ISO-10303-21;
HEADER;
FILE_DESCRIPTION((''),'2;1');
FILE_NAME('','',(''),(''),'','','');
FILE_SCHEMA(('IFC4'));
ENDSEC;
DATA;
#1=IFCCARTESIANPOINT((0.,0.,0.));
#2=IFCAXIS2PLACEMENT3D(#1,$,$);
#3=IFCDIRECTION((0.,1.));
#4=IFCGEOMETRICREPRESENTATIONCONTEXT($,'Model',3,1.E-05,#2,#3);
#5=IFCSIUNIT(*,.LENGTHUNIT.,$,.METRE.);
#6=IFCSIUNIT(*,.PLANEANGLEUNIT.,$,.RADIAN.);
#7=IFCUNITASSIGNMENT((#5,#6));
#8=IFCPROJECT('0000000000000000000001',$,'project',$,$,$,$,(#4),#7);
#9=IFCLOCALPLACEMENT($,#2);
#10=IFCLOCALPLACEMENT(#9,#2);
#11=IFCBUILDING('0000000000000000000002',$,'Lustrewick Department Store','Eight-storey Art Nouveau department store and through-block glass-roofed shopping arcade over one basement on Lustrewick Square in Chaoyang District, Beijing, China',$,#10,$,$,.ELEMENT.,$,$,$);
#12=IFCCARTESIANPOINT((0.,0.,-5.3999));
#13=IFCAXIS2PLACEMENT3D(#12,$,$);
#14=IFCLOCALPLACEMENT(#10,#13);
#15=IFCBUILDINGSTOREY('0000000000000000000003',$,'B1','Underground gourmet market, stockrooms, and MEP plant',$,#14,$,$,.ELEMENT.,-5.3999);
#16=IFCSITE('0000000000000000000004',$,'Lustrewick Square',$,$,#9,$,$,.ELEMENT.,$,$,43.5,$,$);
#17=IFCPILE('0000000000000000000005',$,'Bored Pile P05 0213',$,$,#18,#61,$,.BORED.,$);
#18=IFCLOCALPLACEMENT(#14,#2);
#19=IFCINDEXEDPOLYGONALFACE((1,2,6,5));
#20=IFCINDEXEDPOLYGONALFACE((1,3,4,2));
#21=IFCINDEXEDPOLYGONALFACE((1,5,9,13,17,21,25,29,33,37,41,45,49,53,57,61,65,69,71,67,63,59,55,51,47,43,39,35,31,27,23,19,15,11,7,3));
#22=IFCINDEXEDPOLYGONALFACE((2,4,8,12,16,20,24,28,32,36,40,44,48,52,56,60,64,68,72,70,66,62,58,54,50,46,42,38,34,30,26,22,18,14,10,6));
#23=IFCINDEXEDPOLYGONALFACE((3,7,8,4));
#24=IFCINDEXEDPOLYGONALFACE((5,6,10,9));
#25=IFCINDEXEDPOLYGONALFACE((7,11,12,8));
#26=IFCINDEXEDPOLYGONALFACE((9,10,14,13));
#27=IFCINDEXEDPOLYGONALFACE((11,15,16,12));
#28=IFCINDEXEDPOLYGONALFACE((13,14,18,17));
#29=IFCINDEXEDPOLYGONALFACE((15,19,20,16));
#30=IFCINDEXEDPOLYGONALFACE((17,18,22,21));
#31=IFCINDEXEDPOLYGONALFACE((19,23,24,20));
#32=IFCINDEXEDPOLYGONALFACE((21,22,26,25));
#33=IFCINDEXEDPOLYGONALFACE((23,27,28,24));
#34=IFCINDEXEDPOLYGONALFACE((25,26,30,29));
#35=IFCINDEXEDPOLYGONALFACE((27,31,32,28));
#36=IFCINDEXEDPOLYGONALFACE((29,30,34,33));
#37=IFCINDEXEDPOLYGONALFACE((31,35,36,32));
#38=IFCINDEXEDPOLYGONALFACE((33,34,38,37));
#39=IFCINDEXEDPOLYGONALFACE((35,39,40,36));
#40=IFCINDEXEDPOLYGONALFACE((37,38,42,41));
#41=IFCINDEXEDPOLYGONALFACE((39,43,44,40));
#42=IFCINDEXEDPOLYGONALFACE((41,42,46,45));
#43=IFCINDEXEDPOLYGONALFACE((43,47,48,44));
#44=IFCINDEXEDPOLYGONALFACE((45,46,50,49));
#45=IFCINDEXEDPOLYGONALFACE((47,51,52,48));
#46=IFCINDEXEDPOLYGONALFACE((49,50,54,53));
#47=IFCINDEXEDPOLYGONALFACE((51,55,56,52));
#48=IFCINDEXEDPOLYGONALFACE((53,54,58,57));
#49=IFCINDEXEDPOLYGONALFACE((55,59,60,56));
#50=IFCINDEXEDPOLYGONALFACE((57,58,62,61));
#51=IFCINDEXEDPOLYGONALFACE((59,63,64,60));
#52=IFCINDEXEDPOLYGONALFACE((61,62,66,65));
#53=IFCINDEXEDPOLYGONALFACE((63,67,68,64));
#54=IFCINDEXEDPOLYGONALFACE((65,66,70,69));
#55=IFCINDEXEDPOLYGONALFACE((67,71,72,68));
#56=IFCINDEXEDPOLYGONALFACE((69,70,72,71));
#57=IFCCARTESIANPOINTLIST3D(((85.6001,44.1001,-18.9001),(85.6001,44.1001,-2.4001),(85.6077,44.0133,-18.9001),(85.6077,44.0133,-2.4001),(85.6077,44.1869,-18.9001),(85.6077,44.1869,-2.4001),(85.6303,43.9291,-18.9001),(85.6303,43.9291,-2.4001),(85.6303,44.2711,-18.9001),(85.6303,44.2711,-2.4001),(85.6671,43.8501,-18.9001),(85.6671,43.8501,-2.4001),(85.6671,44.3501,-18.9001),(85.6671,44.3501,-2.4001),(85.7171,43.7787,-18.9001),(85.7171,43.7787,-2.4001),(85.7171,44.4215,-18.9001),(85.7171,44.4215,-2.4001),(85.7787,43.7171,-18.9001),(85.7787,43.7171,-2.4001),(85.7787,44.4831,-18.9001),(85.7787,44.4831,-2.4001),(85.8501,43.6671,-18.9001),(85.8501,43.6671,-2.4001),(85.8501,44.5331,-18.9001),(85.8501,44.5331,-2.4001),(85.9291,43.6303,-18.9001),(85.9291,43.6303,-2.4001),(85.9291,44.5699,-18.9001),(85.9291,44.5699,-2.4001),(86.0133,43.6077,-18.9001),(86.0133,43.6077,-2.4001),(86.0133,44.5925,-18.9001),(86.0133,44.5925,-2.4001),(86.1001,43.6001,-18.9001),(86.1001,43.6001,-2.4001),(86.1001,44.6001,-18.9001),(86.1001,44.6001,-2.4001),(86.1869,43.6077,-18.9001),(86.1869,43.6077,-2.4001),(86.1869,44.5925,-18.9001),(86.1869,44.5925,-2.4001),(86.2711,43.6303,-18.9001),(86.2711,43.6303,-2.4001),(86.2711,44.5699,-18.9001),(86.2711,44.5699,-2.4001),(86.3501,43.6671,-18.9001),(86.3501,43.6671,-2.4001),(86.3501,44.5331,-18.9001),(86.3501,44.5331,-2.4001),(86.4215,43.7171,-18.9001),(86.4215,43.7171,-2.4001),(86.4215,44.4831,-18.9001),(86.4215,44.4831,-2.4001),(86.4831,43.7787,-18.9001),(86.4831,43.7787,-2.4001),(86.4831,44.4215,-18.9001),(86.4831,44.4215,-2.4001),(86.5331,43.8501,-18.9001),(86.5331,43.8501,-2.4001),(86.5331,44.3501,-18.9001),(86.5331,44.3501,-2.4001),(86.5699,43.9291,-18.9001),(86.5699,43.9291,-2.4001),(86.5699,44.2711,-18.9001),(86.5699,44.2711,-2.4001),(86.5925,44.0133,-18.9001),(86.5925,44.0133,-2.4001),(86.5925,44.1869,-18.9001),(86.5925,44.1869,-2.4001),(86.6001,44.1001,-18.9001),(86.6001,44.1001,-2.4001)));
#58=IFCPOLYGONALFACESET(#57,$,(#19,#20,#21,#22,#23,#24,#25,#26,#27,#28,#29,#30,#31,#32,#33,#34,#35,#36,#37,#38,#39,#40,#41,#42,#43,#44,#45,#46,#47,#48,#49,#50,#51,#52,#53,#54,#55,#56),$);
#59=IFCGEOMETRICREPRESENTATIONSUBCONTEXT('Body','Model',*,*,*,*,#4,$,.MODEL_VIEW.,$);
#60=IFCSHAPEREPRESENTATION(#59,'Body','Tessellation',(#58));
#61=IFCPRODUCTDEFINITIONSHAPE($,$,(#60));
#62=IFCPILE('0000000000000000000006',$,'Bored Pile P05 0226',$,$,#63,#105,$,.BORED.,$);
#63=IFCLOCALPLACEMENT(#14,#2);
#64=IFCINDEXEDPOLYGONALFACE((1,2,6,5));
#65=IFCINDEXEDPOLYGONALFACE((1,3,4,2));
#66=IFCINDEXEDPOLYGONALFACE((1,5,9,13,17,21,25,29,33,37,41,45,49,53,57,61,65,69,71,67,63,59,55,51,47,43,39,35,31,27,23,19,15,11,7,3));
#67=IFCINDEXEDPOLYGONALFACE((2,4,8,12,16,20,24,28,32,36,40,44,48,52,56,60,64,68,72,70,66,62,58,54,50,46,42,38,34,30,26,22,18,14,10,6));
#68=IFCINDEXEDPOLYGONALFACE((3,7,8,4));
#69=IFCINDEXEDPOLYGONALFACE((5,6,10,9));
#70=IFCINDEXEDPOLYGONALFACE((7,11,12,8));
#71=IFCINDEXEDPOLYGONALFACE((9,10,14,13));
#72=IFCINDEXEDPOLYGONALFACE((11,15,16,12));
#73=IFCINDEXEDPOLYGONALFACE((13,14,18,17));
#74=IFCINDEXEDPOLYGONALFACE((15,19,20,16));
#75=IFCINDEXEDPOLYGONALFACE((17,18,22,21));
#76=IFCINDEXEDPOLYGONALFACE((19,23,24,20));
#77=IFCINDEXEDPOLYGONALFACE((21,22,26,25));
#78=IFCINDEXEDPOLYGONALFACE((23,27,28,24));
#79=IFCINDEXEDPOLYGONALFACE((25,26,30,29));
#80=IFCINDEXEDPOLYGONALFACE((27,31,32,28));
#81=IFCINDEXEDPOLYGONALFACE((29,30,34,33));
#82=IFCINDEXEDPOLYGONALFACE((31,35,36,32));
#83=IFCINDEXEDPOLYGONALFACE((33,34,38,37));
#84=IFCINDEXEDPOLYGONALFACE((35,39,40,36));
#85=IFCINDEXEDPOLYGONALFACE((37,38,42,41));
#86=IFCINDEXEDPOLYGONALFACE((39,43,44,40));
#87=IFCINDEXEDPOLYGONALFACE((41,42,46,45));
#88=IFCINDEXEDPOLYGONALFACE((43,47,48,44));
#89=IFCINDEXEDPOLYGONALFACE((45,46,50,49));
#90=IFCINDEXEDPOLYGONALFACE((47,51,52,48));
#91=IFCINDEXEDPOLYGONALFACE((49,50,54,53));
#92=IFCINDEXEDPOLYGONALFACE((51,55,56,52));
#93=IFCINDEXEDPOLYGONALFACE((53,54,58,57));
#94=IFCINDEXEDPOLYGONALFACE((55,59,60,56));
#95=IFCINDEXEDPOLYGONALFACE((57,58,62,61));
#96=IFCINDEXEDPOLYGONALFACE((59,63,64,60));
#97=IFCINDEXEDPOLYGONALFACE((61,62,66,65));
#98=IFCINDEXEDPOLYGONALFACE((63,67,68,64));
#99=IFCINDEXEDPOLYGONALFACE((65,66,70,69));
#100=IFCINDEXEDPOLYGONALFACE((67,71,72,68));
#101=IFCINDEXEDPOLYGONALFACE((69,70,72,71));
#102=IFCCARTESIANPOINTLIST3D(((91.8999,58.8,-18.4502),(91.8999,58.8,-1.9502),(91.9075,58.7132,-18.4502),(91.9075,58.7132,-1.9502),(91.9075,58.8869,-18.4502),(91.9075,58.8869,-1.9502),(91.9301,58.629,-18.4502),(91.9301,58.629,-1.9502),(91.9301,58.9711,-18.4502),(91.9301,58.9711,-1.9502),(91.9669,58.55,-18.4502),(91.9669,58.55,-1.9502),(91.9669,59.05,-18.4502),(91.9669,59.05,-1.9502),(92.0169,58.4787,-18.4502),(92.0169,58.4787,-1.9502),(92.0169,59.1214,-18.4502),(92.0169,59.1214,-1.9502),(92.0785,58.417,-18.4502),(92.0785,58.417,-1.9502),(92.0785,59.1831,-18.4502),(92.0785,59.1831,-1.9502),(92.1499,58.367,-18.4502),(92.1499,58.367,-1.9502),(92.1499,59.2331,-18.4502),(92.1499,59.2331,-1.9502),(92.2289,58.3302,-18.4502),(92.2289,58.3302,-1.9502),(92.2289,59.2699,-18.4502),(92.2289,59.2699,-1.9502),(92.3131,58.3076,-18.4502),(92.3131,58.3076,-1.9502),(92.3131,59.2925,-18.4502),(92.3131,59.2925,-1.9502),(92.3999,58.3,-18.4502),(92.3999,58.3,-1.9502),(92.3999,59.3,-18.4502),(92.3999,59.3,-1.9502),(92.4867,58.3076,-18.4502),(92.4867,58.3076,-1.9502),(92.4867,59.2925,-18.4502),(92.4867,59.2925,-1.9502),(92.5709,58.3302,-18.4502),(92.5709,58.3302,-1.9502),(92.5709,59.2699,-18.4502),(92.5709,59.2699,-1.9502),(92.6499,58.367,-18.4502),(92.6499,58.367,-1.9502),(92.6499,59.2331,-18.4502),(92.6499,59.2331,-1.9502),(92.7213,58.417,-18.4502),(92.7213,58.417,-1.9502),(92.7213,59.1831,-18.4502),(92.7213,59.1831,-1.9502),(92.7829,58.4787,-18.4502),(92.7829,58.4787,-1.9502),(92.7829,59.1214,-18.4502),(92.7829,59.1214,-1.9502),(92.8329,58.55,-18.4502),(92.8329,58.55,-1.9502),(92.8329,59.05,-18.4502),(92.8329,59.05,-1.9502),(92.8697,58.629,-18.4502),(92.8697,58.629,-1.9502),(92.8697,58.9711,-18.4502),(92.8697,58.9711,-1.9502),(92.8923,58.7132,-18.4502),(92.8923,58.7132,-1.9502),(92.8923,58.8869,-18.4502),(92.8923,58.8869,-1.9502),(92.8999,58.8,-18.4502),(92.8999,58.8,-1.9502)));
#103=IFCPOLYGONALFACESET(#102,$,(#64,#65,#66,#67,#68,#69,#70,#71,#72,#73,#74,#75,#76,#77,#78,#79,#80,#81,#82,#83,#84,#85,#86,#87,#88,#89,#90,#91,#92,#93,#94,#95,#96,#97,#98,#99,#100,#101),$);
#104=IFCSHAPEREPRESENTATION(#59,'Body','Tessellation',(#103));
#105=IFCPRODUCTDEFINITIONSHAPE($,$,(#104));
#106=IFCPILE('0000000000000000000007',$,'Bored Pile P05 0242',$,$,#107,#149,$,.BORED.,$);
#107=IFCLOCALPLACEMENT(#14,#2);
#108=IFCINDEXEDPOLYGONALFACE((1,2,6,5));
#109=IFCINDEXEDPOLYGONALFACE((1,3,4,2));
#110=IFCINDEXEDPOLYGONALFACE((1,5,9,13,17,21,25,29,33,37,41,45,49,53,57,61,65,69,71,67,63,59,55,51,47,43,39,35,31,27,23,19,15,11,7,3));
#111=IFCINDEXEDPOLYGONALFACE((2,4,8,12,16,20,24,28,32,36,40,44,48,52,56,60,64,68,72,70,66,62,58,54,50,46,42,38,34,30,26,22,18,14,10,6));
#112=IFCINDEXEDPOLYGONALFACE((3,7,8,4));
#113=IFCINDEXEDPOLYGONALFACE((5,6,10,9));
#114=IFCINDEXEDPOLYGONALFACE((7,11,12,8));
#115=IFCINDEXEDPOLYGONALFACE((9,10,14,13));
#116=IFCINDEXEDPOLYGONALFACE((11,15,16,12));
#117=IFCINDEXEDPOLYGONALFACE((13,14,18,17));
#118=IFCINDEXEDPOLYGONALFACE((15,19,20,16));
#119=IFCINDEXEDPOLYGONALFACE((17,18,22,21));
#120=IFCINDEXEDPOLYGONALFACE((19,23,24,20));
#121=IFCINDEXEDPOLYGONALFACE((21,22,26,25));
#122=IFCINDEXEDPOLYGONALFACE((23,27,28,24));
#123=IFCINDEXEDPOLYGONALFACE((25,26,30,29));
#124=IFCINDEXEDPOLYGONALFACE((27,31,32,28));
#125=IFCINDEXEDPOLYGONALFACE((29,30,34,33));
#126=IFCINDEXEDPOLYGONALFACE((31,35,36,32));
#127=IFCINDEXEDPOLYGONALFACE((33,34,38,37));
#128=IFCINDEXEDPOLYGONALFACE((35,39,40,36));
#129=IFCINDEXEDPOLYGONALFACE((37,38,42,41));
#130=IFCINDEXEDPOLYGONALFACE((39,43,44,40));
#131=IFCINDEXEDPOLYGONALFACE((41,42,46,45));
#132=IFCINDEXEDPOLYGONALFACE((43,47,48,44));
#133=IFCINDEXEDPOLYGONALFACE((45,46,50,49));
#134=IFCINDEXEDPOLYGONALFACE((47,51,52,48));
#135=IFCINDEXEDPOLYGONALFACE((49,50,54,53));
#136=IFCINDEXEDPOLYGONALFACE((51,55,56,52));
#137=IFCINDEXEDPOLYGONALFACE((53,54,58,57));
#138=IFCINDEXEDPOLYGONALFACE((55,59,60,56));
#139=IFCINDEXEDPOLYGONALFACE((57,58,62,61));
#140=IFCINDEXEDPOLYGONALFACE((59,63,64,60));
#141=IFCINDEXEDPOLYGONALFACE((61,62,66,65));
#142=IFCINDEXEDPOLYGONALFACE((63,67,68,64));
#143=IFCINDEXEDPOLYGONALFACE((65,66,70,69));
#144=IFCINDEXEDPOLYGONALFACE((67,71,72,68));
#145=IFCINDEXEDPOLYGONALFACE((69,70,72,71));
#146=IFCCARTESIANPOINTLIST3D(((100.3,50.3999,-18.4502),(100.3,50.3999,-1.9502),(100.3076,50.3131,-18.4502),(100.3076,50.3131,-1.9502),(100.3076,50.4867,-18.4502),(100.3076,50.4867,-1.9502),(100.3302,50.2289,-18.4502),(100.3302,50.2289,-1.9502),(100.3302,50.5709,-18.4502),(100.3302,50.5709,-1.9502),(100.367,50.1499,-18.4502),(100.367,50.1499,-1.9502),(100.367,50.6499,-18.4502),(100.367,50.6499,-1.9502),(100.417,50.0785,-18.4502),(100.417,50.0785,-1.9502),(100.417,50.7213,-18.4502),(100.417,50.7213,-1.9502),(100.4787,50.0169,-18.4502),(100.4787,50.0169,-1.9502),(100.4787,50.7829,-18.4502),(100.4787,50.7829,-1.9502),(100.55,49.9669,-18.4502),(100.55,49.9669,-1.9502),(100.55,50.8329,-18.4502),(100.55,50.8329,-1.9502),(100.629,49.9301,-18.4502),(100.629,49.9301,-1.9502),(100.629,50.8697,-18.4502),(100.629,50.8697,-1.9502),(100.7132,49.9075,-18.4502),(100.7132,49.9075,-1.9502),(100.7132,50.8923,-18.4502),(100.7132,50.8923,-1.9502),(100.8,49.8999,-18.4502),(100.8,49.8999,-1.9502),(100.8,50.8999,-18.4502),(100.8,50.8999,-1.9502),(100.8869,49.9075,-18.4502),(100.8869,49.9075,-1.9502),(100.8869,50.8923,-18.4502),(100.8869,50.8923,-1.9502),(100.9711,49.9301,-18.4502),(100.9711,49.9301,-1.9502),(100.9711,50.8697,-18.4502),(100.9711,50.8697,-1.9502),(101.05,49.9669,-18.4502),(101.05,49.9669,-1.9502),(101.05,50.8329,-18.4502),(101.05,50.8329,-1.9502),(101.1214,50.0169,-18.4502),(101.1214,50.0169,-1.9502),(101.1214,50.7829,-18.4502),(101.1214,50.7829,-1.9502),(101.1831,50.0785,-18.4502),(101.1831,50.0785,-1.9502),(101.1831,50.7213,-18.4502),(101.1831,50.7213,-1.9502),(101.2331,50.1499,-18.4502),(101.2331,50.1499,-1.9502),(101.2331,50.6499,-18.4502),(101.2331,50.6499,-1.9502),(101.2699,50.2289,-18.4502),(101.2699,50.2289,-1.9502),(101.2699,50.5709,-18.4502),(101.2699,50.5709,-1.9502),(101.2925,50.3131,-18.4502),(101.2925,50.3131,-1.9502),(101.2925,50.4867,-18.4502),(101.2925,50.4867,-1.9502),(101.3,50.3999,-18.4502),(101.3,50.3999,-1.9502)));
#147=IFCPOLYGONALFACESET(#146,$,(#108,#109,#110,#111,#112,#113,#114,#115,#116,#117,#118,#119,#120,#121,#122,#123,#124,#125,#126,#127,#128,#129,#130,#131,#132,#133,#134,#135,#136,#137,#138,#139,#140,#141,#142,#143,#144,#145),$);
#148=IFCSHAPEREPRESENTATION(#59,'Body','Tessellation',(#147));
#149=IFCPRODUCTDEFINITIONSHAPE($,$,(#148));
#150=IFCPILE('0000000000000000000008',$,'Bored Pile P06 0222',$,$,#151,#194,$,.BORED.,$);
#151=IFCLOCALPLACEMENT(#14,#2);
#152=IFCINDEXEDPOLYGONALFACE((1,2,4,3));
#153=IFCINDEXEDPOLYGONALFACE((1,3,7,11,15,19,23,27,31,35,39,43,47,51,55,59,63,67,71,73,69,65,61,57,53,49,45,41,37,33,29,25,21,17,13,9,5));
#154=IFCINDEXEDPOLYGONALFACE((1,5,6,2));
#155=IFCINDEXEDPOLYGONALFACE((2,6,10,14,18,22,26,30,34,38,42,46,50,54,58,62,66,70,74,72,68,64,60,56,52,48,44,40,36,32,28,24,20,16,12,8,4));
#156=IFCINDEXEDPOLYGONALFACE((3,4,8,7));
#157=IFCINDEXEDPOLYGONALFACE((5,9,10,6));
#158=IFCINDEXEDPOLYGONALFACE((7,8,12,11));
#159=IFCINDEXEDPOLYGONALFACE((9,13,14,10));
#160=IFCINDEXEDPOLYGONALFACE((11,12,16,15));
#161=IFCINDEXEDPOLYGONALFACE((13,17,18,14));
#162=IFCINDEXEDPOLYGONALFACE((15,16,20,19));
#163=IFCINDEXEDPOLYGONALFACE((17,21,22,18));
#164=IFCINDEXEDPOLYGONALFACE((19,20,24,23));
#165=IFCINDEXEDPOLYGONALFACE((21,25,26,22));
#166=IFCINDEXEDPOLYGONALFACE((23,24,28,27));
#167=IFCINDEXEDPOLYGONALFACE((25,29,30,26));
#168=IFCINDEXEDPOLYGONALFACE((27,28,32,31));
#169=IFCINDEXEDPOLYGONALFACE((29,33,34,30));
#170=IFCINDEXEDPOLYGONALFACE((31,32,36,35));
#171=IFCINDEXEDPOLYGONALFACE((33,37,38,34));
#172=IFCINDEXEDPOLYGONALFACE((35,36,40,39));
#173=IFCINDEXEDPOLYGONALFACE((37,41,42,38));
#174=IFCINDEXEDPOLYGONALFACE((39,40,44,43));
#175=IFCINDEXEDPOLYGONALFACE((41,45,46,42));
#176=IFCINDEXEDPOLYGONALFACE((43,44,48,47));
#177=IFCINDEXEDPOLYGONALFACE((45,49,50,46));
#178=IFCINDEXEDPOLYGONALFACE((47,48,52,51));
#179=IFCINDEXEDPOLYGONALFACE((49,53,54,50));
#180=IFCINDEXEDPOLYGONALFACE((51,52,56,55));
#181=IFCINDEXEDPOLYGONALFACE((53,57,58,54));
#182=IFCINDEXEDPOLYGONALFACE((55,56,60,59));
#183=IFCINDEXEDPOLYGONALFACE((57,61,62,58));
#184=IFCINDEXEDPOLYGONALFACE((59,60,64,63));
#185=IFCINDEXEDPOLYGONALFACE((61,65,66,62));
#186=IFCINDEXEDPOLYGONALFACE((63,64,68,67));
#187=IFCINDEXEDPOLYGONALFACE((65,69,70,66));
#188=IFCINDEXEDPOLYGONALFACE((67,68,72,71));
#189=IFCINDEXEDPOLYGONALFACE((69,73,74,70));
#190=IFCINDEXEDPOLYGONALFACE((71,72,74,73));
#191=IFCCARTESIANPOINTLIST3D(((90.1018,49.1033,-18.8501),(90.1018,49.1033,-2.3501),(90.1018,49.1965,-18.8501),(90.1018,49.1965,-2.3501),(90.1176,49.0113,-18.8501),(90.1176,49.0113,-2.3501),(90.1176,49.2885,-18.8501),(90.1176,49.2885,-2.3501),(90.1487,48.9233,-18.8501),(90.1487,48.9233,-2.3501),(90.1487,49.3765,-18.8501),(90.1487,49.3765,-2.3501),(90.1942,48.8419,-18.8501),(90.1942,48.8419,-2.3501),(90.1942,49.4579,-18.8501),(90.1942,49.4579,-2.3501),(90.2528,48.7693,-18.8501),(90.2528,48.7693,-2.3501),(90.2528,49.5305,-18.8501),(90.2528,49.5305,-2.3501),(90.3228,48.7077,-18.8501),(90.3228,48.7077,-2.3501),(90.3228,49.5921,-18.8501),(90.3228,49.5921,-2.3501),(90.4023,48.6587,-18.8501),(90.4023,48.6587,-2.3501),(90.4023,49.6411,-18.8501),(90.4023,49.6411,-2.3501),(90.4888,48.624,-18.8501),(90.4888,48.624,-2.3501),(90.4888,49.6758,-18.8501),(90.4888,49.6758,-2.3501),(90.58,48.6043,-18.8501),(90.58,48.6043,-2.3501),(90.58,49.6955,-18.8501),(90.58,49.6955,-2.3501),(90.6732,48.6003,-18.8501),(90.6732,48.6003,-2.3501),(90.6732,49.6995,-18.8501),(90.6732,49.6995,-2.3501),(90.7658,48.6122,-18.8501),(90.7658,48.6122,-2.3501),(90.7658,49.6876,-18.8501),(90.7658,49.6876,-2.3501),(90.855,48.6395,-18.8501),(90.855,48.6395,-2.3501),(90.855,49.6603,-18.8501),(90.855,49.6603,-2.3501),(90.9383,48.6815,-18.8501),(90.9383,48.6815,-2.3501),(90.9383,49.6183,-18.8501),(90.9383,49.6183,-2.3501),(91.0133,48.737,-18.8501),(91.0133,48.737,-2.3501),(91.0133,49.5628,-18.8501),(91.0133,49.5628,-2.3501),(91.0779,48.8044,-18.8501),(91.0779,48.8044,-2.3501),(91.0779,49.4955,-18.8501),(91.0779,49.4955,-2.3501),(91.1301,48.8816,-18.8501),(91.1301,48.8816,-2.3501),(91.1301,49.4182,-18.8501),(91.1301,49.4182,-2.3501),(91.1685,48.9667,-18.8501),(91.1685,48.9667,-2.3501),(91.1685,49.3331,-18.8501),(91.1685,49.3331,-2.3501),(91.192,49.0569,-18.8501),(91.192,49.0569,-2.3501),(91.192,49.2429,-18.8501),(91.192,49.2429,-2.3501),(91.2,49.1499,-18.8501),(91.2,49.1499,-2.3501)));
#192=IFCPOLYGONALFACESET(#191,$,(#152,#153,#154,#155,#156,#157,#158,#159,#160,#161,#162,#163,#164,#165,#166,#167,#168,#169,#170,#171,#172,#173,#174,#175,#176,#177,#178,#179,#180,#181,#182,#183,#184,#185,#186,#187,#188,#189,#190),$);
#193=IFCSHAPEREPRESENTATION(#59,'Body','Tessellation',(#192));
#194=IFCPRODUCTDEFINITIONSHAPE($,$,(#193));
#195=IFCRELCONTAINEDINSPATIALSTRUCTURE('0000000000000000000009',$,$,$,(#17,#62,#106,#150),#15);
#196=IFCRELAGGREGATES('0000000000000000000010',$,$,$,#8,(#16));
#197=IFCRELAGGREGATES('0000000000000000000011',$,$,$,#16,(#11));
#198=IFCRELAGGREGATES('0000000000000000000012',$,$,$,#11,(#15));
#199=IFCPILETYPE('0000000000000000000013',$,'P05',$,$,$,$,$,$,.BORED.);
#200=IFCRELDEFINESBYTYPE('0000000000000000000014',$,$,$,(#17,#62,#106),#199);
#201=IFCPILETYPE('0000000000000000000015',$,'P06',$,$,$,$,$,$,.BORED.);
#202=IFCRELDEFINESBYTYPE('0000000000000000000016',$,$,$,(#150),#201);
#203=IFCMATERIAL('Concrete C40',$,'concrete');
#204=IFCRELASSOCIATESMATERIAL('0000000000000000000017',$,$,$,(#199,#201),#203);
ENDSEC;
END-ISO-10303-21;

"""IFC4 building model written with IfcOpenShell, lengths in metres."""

from ifc_helpers import new_model, si_unit, direction, frame, origin, origin_2d, place, context, subcontext, project, spatial, circle, extrude, material, material_profile, profile_set, type_object, element, save


model = new_model("IFC4")

# Units and contexts
model_context = context("Model", 3, precision=1e-05, world=origin(), true_north=direction((0.0, 1.0)))
body_context = subcontext(model_context, "Body", "Model", "MODEL_VIEW")
ifc_project = project(units=[si_unit("LENGTHUNIT", "METRE"), si_unit("PLANEANGLEUNIT", "RADIAN")], contexts=[model_context])

# Site, building, storey
site_placement = place(None, origin())
site = spatial("IfcSite", under=ifc_project, at=site_placement, Name="Lustrewick Square", CompositionType="ELEMENT", RefElevation=43.5)
building_placement = place(site_placement, origin())
building = spatial("IfcBuilding", under=site, at=building_placement, Name="Lustrewick Department Store", Description="Eight-storey Art Nouveau department store and through-block glass-roofed shopping arcade over one basement on Lustrewick Square in Chaoyang District, Beijing, China", CompositionType="ELEMENT")
storey_placement = place(building_placement, frame((0.0, 0.0, -5.3999)))
storey = spatial("IfcBuildingStorey", under=building, at=storey_placement, Name="B1", Description="Underground gourmet market, stockrooms, and MEP plant", CompositionType="ELEMENT", Elevation=-5.3999)

# Piles
ifc_material_1 = material(Name="Concrete C40", Category="concrete")
ifc_material_profile_1 = material_profile(ifc_material_1, circle(Radius=0.5, at=origin_2d()), Name="PILE D1000")
ifc_profile_set_1 = profile_set([ifc_material_profile_1], Name="Concrete C40")
pile_type_1 = type_object("IfcPileType", Name="P05", PredefinedType="BORED", material=ifc_profile_set_1)
for number, where, z_axis, x_axis, name in (
    (1, (86.1001, 44.1001, -2.4001), (0.0, 0.0, -1.0), (1.0, 0.0, 0.0), "Bored Pile P05 0213"),
    (2, (92.3999, 58.8, -1.9502), (0.0, 0.0, -1.0), (1.0, 0.0, 0.0), "Bored Pile P05 0226"),
    (3, (100.8, 50.3999, -1.9502), (0.0, 0.0, -1.0), (1.0, 0.0, 0.0), "Bored Pile P05 0242"),
):
    element("IfcPile", number, at=place(storey_placement, frame(where, z_axis=z_axis, x_axis=x_axis)), inside=storey, type_object=pile_type_1, Name=name, PredefinedType="BORED", context=body_context, shape_type="SweptSolid", body=[
        extrude(circle(Radius=0.5, at=origin_2d()), origin(), (0.0, 0.0, 1.0), 16.5),
    ])
ifc_material_profile_2 = material_profile(ifc_material_1, circle(Radius=0.55, at=origin_2d()), Name="PILE D1100")
ifc_profile_set_2 = profile_set([ifc_material_profile_2], Name="Concrete C40")
pile_type_2 = type_object("IfcPileType", Name="P06", PredefinedType="BORED", material=ifc_profile_set_2)
for number, where, z_axis, x_axis, name in (
    (4, (90.6499, 49.1499, -2.3501), (0.0, 0.0, -1.0), (1.0, 0.0, 0.0), "Bored Pile P06 0222"),
):
    element("IfcPile", number, at=place(storey_placement, frame(where, z_axis=z_axis, x_axis=x_axis)), inside=storey, type_object=pile_type_2, Name=name, PredefinedType="BORED", context=body_context, shape_type="SweptSolid", body=[
        extrude(circle(Radius=0.55, at=origin_2d()), origin(), (0.0, 0.0, 1.0), 16.5),
    ])

save(model, "model.ifc")
